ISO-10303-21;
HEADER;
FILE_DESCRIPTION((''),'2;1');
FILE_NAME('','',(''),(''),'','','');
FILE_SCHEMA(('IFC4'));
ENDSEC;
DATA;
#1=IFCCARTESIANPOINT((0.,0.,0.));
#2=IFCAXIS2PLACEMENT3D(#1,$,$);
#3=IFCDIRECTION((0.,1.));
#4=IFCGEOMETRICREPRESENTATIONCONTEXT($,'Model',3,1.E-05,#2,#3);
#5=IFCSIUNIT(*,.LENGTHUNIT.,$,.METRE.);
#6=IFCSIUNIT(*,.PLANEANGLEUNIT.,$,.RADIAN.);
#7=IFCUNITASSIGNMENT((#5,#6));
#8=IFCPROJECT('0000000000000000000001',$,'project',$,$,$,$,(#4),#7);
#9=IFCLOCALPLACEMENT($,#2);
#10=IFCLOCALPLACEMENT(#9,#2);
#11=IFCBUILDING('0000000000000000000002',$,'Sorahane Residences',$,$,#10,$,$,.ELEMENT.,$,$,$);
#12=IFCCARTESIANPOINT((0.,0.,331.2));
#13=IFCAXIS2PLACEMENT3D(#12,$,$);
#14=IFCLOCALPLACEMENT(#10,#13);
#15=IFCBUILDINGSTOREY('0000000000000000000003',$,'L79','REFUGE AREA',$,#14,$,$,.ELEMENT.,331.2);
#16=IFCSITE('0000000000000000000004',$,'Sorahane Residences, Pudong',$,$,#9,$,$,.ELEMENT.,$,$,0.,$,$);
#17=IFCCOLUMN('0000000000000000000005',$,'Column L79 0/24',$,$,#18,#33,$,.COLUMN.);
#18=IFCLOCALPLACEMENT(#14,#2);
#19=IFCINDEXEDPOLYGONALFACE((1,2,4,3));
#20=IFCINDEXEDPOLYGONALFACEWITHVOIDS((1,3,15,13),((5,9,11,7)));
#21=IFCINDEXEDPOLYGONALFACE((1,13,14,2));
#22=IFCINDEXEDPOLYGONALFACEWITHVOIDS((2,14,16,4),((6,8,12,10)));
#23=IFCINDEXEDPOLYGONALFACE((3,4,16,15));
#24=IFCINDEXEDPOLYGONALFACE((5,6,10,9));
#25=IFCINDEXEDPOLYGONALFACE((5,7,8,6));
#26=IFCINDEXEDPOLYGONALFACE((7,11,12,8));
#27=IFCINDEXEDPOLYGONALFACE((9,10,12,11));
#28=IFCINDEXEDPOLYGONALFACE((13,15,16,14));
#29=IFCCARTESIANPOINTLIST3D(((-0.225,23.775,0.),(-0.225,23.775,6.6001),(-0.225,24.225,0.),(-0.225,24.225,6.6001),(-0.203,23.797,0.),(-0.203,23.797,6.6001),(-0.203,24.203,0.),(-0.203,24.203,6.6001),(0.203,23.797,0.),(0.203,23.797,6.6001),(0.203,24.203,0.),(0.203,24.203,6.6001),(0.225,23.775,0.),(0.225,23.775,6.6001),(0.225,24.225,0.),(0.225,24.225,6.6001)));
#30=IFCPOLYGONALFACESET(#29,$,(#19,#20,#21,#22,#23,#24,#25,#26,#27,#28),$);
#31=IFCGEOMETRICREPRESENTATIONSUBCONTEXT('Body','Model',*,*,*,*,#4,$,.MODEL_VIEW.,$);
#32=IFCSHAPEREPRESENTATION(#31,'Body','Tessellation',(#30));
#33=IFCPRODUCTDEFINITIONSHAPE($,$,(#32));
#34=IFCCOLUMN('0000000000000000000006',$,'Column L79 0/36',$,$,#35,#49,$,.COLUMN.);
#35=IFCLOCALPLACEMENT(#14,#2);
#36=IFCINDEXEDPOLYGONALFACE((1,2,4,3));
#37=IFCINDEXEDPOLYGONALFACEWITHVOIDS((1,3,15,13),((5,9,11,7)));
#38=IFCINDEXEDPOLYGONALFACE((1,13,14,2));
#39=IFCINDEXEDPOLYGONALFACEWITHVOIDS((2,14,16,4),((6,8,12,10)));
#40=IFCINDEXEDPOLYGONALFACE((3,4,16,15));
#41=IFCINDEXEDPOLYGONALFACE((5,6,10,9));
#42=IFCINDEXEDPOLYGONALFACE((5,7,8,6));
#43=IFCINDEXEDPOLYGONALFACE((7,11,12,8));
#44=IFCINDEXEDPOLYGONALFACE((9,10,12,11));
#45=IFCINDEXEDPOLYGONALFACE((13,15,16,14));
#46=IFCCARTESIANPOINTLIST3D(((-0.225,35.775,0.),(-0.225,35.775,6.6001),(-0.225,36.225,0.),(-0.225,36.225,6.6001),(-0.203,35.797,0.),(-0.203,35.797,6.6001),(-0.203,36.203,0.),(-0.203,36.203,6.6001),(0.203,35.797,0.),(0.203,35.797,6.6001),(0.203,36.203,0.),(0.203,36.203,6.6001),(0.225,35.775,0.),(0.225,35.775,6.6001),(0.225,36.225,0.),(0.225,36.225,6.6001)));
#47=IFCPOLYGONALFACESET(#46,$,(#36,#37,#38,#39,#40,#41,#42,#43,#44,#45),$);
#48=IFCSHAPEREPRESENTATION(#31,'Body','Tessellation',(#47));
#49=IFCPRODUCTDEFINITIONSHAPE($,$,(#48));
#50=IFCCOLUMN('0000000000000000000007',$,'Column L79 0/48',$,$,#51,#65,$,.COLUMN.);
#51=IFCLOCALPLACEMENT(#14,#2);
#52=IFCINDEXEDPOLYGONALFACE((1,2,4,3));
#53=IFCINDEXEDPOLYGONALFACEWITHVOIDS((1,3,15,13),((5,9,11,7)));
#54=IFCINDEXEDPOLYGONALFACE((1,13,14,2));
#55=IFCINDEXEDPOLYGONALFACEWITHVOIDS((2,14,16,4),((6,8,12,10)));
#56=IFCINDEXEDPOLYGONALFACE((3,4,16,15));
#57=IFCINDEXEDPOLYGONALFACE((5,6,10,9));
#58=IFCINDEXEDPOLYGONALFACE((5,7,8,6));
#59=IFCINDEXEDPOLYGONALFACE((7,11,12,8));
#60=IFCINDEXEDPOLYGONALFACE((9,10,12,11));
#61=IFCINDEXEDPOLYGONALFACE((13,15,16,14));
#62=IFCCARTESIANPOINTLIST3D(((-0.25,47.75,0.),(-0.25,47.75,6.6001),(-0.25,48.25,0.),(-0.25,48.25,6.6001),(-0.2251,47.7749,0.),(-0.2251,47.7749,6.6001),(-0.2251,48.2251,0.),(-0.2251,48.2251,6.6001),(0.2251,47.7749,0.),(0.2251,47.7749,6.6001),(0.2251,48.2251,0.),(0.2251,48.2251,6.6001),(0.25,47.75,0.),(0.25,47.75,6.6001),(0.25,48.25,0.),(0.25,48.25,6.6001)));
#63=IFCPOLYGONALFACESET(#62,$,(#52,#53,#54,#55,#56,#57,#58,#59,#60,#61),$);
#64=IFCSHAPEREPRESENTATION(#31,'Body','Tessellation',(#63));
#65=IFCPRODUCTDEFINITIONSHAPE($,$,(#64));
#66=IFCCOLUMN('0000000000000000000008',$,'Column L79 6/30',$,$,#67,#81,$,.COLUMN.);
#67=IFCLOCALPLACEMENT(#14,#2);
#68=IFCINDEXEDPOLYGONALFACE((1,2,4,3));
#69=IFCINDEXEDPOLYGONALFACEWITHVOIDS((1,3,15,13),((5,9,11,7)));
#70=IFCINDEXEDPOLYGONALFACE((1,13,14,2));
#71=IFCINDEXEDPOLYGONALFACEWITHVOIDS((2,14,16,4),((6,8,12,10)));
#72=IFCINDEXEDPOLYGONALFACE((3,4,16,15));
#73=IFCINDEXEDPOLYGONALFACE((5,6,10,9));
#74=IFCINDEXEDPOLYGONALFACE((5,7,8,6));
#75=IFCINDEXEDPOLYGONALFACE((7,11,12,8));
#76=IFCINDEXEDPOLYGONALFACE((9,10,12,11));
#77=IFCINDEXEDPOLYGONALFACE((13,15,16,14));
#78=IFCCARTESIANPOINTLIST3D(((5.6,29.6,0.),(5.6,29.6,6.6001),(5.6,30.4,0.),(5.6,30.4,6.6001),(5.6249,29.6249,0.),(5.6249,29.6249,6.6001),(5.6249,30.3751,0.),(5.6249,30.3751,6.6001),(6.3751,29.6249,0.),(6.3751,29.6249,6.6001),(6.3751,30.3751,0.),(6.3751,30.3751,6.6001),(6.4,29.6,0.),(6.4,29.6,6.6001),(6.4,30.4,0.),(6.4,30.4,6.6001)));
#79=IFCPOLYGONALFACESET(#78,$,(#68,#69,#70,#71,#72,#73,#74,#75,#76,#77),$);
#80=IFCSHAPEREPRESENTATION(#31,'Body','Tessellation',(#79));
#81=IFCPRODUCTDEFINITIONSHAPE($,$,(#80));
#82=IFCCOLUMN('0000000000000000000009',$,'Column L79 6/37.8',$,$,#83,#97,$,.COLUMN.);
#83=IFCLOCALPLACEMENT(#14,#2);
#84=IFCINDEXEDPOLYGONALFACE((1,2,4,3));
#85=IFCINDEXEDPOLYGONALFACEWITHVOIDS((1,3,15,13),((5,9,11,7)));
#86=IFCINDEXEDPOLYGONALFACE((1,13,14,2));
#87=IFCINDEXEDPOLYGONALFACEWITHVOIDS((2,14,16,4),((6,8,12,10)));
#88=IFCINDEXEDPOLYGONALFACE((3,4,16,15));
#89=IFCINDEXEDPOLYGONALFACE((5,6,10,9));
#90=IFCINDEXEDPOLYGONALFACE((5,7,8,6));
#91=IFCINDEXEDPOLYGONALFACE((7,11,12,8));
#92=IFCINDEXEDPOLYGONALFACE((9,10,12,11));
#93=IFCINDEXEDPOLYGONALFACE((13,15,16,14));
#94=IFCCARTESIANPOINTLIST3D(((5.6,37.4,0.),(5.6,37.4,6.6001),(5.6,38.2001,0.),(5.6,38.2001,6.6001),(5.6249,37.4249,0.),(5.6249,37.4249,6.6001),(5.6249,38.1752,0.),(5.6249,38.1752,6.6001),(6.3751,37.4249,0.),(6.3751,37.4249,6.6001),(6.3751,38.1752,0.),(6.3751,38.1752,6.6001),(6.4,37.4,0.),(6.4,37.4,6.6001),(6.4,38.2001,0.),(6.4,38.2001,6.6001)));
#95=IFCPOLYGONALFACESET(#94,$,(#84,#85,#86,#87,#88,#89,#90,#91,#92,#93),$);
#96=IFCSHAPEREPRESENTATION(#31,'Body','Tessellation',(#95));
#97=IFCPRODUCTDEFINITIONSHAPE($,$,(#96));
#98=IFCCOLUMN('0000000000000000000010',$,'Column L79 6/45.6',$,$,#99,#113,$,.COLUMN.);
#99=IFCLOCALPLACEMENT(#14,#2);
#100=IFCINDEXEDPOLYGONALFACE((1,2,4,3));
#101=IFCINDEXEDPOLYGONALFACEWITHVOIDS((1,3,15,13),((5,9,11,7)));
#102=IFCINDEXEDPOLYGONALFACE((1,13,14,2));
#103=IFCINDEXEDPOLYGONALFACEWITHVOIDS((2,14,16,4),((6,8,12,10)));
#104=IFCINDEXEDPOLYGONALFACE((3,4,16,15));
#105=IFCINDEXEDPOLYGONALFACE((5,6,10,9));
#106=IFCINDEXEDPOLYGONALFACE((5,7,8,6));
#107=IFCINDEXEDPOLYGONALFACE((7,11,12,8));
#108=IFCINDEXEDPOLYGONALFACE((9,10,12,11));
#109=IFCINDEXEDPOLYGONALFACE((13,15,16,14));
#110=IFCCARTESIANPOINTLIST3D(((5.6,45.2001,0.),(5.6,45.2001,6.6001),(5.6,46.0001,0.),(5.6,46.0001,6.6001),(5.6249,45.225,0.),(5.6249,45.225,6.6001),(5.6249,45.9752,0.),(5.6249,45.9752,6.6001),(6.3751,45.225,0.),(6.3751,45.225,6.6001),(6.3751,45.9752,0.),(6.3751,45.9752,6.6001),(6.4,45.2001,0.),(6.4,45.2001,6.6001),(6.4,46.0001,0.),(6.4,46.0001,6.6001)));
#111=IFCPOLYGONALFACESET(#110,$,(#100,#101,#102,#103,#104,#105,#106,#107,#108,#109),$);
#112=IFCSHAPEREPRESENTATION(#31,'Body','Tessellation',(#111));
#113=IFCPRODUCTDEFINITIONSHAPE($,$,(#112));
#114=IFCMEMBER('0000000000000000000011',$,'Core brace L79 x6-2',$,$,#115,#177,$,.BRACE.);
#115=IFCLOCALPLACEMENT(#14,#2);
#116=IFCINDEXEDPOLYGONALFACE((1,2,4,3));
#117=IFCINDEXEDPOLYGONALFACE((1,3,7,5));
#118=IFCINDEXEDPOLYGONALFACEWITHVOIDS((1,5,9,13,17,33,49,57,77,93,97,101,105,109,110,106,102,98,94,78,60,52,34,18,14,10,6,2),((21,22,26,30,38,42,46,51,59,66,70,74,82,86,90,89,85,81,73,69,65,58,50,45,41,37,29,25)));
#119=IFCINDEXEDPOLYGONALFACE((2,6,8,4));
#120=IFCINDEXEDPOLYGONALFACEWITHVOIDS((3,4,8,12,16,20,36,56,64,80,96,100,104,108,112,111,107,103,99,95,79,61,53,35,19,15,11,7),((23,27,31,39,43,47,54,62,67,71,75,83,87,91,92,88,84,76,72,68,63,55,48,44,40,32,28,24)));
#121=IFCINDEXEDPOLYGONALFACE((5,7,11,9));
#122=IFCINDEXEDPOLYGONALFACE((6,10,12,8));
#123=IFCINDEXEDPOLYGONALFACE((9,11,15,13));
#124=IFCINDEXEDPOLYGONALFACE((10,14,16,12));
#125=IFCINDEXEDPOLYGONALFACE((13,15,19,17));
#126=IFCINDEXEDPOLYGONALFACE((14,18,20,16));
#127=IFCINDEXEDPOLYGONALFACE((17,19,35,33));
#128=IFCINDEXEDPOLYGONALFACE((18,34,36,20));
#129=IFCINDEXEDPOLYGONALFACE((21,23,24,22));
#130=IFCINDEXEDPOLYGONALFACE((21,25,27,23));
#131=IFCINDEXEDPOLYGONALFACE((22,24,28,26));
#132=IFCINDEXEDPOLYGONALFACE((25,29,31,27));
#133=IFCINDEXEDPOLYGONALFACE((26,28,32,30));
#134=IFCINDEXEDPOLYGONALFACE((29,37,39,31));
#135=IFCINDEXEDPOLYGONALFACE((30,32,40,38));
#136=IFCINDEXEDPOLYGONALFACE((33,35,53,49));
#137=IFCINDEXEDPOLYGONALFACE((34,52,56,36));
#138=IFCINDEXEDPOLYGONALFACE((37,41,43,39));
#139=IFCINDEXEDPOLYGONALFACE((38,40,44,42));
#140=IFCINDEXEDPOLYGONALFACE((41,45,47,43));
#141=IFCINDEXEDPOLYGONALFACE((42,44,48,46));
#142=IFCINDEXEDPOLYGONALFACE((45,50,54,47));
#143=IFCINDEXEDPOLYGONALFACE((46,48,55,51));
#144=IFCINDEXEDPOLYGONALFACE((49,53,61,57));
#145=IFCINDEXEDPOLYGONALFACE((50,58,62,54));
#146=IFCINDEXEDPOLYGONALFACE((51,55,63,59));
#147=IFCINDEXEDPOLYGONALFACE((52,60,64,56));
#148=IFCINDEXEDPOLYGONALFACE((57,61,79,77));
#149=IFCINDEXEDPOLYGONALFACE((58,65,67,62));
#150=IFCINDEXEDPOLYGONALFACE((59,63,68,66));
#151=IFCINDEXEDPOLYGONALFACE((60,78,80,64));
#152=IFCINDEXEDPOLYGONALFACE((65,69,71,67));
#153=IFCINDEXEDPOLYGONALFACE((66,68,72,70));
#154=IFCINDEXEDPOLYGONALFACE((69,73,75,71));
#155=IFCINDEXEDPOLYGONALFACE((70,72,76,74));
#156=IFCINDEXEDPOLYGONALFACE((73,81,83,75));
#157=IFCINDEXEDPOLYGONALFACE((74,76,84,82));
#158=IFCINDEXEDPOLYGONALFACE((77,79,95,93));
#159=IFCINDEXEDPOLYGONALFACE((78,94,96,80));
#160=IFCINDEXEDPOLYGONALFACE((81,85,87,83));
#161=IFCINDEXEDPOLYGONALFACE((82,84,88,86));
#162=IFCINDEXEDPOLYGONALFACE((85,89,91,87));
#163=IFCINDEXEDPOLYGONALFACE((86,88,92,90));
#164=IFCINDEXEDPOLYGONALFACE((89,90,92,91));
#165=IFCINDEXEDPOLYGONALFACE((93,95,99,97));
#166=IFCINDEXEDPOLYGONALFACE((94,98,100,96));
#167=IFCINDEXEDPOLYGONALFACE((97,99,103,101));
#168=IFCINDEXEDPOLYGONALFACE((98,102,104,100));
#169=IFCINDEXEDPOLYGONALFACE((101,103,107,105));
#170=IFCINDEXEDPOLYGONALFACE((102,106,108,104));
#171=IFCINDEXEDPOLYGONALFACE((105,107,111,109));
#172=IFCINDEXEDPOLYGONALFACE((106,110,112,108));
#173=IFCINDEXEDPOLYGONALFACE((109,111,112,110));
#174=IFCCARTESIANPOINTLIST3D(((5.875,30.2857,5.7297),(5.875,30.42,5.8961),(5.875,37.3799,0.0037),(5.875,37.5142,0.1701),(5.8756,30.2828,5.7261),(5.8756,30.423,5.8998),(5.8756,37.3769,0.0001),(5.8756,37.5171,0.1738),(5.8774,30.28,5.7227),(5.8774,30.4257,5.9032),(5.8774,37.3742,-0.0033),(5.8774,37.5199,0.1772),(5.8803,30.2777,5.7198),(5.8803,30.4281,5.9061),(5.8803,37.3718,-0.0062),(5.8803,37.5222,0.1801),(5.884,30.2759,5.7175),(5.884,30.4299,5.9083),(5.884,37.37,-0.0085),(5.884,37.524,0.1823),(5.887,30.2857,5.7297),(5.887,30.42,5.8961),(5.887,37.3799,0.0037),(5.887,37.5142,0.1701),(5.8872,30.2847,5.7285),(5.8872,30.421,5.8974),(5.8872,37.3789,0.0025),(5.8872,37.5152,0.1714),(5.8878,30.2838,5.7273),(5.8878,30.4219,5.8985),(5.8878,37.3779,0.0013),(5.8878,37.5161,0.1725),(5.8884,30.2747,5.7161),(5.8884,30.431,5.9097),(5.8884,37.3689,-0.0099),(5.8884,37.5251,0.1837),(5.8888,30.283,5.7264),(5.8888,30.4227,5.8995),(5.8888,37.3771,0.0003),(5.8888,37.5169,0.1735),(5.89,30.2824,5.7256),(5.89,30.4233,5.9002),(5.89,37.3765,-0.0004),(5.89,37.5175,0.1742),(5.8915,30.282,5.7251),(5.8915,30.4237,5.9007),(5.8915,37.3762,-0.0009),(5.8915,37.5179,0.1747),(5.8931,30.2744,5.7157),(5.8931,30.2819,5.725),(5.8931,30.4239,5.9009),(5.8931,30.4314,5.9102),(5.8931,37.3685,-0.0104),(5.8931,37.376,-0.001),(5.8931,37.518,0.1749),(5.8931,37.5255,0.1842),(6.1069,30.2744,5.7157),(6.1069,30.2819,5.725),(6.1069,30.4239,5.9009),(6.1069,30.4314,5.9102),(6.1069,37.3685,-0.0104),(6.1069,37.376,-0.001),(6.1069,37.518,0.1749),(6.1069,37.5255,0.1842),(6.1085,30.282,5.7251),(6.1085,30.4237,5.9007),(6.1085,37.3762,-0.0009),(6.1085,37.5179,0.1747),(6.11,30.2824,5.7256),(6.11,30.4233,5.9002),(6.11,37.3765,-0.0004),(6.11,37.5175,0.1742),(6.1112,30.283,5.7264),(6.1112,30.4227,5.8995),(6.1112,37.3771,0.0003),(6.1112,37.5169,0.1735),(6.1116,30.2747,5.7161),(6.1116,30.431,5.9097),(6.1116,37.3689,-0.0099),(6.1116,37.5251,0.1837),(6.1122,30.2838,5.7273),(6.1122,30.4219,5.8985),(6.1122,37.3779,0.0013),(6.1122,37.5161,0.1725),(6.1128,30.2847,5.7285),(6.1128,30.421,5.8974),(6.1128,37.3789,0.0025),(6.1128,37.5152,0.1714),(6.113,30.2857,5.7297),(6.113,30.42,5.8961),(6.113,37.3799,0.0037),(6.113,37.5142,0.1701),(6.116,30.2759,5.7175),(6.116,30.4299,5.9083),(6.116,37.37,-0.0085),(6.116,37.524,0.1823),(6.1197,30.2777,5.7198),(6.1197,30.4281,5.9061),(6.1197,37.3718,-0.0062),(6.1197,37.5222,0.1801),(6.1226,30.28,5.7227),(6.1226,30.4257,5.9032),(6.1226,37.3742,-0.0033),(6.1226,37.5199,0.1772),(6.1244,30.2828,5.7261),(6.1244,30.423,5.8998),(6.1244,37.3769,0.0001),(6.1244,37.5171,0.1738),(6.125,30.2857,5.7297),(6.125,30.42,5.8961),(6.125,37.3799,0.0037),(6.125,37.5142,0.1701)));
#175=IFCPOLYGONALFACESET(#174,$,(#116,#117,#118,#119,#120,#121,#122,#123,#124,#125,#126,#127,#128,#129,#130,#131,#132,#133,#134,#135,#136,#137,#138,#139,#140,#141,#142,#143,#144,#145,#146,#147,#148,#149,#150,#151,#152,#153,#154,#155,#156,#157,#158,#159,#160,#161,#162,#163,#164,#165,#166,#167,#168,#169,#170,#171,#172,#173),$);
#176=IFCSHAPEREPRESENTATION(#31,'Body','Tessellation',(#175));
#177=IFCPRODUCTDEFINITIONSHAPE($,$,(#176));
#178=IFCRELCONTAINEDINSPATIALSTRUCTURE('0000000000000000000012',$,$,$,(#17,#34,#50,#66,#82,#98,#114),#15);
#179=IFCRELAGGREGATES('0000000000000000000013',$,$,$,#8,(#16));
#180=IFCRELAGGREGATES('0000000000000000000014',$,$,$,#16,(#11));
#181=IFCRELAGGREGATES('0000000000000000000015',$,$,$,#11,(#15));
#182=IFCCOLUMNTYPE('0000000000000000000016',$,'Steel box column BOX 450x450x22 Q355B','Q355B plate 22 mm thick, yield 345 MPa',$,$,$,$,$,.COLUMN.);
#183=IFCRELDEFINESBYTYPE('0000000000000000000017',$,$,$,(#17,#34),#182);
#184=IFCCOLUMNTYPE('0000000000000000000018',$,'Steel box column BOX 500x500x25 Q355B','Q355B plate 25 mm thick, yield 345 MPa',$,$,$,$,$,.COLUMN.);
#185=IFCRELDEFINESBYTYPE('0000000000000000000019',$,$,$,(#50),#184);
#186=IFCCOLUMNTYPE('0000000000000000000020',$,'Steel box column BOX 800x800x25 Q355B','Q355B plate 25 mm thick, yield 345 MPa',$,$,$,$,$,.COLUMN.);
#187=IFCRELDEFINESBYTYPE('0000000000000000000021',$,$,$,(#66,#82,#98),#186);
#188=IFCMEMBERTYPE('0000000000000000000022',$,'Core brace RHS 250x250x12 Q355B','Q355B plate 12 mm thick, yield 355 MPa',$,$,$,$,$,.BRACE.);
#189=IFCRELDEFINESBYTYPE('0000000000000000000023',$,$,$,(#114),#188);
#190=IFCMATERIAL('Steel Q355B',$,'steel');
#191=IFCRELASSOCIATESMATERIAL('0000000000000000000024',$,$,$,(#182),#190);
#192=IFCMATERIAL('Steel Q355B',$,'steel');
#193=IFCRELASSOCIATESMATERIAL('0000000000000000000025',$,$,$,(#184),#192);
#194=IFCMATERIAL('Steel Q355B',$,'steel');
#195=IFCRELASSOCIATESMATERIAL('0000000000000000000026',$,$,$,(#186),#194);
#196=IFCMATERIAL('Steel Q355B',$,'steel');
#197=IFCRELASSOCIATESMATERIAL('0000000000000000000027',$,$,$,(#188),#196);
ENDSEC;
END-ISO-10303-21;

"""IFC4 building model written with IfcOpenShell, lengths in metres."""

from ifc_helpers import new_model, si_unit, direction, frame, origin, origin_2d, place, context, subcontext, project, spatial, hollow_rectangle, extrude, material, material_profile, profile_set, type_object, element, save


model = new_model("IFC4")

# Units and contexts
model_context = context("Model", 3, precision=1e-05, world=origin(), true_north=direction((0.0, 1.0)))
body_context = subcontext(model_context, "Body", "Model", "MODEL_VIEW")
ifc_project = project(units=[si_unit("LENGTHUNIT", "METRE"), si_unit("PLANEANGLEUNIT", "RADIAN")], contexts=[model_context])

# Site, building, storey
site_placement = place(None, origin())
site = spatial("IfcSite", under=ifc_project, at=site_placement, Name="Sorahane Residences, Pudong", CompositionType="ELEMENT", RefElevation=0.0)
building_placement = place(site_placement, origin())
building = spatial("IfcBuilding", under=site, at=building_placement, Name="Sorahane Residences", CompositionType="ELEMENT")
storey_placement = place(building_placement, frame((0.0, 0.0, 331.2)))
storey = spatial("IfcBuildingStorey", under=building, at=storey_placement, Name="L79", Description="REFUGE AREA", CompositionType="ELEMENT", Elevation=331.2)

# Columns
ifc_material_1 = material(Name="Steel Q355B", Category="steel")
ifc_material_profile_1 = material_profile(ifc_material_1, hollow_rectangle(XDim=0.45, YDim=0.45, WallThickness=0.022, at=origin_2d()), Name="BOX 450x450x22")
ifc_profile_set_1 = profile_set([ifc_material_profile_1], Name="Steel Q355B")
column_type_1 = type_object("IfcColumnType", Name="Steel box column BOX 450x450x22 Q355B", Description="Q355B plate 22 mm thick, yield 345 MPa", PredefinedType="COLUMN", material=ifc_profile_set_1)
for number, where, z_axis, x_axis, name in (
    (1, (0.0, 24.0, 0.0), (0.0, 0.0, 1.0), (1.0, 0.0, 0.0), "Column L79 0/24"),
    (2, (0.0, 36.0, 0.0), (0.0, 0.0, 1.0), (1.0, 0.0, 0.0), "Column L79 0/36"),
):
    element("IfcColumn", number, at=place(storey_placement, frame(where, z_axis=z_axis, x_axis=x_axis)), inside=storey, type_object=column_type_1, Name=name, PredefinedType="COLUMN", context=body_context, shape_type="SweptSolid", body=[
        extrude(hollow_rectangle(XDim=0.45, YDim=0.45, WallThickness=0.022, at=origin_2d()), origin(), (0.0, 0.0, 1.0), 6.6001),
    ])
ifc_material_2 = material(Name="Steel Q355B", Category="steel")
ifc_material_profile_2 = material_profile(ifc_material_2, hollow_rectangle(XDim=0.5, YDim=0.5, WallThickness=0.0249, at=origin_2d()), Name="BOX 500x500x25")
ifc_profile_set_2 = profile_set([ifc_material_profile_2], Name="Steel Q355B")
column_type_2 = type_object("IfcColumnType", Name="Steel box column BOX 500x500x25 Q355B", Description="Q355B plate 25 mm thick, yield 345 MPa", PredefinedType="COLUMN", material=ifc_profile_set_2)
column_placement = place(storey_placement, frame((0.0, 48.0, 0.0), z_axis=(0.0, 0.0, 1.0), x_axis=(1.0, 0.0, 0.0)))
element("IfcColumn", 3, at=column_placement, inside=storey, type_object=column_type_2, Name="Column L79 0/48", PredefinedType="COLUMN", context=body_context, shape_type="SweptSolid", body=[
    extrude(hollow_rectangle(XDim=0.5, YDim=0.5, WallThickness=0.0249, at=origin_2d()), origin(), (0.0, 0.0, 1.0), 6.6001),
])
ifc_material_3 = material(Name="Steel Q355B", Category="steel")
ifc_material_profile_3 = material_profile(ifc_material_3, hollow_rectangle(XDim=0.8, YDim=0.8, WallThickness=0.0249, at=origin_2d()), Name="BOX 800x800x25")
ifc_profile_set_3 = profile_set([ifc_material_profile_3], Name="Steel Q355B")
column_type_3 = type_object("IfcColumnType", Name="Steel box column BOX 800x800x25 Q355B", Description="Q355B plate 25 mm thick, yield 345 MPa", PredefinedType="COLUMN", material=ifc_profile_set_3)
for number, where, z_axis, x_axis, name in (
    (4, (6.0, 30.0, 0.0), (0.0, 0.0, 1.0), (1.0, 0.0, 0.0), "Column L79 6/30"),
    (5, (6.0, 37.8, 0.0), (0.0, 0.0, 1.0), (1.0, 0.0, 0.0), "Column L79 6/37.8"),
    (6, (6.0, 45.6001, 0.0), (0.0, 0.0, 1.0), (1.0, 0.0, 0.0), "Column L79 6/45.6"),
):
    element("IfcColumn", number, at=place(storey_placement, frame(where, z_axis=z_axis, x_axis=x_axis)), inside=storey, type_object=column_type_3, Name=name, PredefinedType="COLUMN", context=body_context, shape_type="SweptSolid", body=[
        extrude(hollow_rectangle(XDim=0.8, YDim=0.8, WallThickness=0.0249, at=origin_2d()), origin(), (0.0, 0.0, 1.0), 6.6001),
    ])

# Member
ifc_material_4 = material(Name="Steel Q355B", Category="steel")
ifc_material_profile_4 = material_profile(ifc_material_4, hollow_rectangle(XDim=0.25, YDim=0.25, WallThickness=0.012, InnerFilletRadius=0.0061, OuterFilletRadius=0.0181, at=origin_2d()), Name="RHS 250x250x12")
ifc_profile_set_4 = profile_set([ifc_material_profile_4], Name="Steel Q355B")
member_type = type_object("IfcMemberType", Name="Core brace RHS 250x250x12 Q355B", Description="Q355B plate 12 mm thick, yield 355 MPa", PredefinedType="BRACE", material=ifc_profile_set_4)
member_placement = place(storey_placement, frame((6.0, 37.447, 0.0869), z_axis=(0.0, -0.77815, 0.628079), x_axis=(1.0, 0.0, 0.0)))
element("IfcMember", 7, at=member_placement, inside=storey, type_object=member_type, Name="Core brace L79 x6-2", PredefinedType="BRACE", context=body_context, shape_type="SweptSolid", body=[
    extrude(hollow_rectangle(XDim=0.25, YDim=0.25, WallThickness=0.012, InnerFilletRadius=0.0061, OuterFilletRadius=0.0181, at=origin_2d()), origin(), (0.0, 0.0, 1.0), 9.1167),
])

save(model, "model.ifc")
